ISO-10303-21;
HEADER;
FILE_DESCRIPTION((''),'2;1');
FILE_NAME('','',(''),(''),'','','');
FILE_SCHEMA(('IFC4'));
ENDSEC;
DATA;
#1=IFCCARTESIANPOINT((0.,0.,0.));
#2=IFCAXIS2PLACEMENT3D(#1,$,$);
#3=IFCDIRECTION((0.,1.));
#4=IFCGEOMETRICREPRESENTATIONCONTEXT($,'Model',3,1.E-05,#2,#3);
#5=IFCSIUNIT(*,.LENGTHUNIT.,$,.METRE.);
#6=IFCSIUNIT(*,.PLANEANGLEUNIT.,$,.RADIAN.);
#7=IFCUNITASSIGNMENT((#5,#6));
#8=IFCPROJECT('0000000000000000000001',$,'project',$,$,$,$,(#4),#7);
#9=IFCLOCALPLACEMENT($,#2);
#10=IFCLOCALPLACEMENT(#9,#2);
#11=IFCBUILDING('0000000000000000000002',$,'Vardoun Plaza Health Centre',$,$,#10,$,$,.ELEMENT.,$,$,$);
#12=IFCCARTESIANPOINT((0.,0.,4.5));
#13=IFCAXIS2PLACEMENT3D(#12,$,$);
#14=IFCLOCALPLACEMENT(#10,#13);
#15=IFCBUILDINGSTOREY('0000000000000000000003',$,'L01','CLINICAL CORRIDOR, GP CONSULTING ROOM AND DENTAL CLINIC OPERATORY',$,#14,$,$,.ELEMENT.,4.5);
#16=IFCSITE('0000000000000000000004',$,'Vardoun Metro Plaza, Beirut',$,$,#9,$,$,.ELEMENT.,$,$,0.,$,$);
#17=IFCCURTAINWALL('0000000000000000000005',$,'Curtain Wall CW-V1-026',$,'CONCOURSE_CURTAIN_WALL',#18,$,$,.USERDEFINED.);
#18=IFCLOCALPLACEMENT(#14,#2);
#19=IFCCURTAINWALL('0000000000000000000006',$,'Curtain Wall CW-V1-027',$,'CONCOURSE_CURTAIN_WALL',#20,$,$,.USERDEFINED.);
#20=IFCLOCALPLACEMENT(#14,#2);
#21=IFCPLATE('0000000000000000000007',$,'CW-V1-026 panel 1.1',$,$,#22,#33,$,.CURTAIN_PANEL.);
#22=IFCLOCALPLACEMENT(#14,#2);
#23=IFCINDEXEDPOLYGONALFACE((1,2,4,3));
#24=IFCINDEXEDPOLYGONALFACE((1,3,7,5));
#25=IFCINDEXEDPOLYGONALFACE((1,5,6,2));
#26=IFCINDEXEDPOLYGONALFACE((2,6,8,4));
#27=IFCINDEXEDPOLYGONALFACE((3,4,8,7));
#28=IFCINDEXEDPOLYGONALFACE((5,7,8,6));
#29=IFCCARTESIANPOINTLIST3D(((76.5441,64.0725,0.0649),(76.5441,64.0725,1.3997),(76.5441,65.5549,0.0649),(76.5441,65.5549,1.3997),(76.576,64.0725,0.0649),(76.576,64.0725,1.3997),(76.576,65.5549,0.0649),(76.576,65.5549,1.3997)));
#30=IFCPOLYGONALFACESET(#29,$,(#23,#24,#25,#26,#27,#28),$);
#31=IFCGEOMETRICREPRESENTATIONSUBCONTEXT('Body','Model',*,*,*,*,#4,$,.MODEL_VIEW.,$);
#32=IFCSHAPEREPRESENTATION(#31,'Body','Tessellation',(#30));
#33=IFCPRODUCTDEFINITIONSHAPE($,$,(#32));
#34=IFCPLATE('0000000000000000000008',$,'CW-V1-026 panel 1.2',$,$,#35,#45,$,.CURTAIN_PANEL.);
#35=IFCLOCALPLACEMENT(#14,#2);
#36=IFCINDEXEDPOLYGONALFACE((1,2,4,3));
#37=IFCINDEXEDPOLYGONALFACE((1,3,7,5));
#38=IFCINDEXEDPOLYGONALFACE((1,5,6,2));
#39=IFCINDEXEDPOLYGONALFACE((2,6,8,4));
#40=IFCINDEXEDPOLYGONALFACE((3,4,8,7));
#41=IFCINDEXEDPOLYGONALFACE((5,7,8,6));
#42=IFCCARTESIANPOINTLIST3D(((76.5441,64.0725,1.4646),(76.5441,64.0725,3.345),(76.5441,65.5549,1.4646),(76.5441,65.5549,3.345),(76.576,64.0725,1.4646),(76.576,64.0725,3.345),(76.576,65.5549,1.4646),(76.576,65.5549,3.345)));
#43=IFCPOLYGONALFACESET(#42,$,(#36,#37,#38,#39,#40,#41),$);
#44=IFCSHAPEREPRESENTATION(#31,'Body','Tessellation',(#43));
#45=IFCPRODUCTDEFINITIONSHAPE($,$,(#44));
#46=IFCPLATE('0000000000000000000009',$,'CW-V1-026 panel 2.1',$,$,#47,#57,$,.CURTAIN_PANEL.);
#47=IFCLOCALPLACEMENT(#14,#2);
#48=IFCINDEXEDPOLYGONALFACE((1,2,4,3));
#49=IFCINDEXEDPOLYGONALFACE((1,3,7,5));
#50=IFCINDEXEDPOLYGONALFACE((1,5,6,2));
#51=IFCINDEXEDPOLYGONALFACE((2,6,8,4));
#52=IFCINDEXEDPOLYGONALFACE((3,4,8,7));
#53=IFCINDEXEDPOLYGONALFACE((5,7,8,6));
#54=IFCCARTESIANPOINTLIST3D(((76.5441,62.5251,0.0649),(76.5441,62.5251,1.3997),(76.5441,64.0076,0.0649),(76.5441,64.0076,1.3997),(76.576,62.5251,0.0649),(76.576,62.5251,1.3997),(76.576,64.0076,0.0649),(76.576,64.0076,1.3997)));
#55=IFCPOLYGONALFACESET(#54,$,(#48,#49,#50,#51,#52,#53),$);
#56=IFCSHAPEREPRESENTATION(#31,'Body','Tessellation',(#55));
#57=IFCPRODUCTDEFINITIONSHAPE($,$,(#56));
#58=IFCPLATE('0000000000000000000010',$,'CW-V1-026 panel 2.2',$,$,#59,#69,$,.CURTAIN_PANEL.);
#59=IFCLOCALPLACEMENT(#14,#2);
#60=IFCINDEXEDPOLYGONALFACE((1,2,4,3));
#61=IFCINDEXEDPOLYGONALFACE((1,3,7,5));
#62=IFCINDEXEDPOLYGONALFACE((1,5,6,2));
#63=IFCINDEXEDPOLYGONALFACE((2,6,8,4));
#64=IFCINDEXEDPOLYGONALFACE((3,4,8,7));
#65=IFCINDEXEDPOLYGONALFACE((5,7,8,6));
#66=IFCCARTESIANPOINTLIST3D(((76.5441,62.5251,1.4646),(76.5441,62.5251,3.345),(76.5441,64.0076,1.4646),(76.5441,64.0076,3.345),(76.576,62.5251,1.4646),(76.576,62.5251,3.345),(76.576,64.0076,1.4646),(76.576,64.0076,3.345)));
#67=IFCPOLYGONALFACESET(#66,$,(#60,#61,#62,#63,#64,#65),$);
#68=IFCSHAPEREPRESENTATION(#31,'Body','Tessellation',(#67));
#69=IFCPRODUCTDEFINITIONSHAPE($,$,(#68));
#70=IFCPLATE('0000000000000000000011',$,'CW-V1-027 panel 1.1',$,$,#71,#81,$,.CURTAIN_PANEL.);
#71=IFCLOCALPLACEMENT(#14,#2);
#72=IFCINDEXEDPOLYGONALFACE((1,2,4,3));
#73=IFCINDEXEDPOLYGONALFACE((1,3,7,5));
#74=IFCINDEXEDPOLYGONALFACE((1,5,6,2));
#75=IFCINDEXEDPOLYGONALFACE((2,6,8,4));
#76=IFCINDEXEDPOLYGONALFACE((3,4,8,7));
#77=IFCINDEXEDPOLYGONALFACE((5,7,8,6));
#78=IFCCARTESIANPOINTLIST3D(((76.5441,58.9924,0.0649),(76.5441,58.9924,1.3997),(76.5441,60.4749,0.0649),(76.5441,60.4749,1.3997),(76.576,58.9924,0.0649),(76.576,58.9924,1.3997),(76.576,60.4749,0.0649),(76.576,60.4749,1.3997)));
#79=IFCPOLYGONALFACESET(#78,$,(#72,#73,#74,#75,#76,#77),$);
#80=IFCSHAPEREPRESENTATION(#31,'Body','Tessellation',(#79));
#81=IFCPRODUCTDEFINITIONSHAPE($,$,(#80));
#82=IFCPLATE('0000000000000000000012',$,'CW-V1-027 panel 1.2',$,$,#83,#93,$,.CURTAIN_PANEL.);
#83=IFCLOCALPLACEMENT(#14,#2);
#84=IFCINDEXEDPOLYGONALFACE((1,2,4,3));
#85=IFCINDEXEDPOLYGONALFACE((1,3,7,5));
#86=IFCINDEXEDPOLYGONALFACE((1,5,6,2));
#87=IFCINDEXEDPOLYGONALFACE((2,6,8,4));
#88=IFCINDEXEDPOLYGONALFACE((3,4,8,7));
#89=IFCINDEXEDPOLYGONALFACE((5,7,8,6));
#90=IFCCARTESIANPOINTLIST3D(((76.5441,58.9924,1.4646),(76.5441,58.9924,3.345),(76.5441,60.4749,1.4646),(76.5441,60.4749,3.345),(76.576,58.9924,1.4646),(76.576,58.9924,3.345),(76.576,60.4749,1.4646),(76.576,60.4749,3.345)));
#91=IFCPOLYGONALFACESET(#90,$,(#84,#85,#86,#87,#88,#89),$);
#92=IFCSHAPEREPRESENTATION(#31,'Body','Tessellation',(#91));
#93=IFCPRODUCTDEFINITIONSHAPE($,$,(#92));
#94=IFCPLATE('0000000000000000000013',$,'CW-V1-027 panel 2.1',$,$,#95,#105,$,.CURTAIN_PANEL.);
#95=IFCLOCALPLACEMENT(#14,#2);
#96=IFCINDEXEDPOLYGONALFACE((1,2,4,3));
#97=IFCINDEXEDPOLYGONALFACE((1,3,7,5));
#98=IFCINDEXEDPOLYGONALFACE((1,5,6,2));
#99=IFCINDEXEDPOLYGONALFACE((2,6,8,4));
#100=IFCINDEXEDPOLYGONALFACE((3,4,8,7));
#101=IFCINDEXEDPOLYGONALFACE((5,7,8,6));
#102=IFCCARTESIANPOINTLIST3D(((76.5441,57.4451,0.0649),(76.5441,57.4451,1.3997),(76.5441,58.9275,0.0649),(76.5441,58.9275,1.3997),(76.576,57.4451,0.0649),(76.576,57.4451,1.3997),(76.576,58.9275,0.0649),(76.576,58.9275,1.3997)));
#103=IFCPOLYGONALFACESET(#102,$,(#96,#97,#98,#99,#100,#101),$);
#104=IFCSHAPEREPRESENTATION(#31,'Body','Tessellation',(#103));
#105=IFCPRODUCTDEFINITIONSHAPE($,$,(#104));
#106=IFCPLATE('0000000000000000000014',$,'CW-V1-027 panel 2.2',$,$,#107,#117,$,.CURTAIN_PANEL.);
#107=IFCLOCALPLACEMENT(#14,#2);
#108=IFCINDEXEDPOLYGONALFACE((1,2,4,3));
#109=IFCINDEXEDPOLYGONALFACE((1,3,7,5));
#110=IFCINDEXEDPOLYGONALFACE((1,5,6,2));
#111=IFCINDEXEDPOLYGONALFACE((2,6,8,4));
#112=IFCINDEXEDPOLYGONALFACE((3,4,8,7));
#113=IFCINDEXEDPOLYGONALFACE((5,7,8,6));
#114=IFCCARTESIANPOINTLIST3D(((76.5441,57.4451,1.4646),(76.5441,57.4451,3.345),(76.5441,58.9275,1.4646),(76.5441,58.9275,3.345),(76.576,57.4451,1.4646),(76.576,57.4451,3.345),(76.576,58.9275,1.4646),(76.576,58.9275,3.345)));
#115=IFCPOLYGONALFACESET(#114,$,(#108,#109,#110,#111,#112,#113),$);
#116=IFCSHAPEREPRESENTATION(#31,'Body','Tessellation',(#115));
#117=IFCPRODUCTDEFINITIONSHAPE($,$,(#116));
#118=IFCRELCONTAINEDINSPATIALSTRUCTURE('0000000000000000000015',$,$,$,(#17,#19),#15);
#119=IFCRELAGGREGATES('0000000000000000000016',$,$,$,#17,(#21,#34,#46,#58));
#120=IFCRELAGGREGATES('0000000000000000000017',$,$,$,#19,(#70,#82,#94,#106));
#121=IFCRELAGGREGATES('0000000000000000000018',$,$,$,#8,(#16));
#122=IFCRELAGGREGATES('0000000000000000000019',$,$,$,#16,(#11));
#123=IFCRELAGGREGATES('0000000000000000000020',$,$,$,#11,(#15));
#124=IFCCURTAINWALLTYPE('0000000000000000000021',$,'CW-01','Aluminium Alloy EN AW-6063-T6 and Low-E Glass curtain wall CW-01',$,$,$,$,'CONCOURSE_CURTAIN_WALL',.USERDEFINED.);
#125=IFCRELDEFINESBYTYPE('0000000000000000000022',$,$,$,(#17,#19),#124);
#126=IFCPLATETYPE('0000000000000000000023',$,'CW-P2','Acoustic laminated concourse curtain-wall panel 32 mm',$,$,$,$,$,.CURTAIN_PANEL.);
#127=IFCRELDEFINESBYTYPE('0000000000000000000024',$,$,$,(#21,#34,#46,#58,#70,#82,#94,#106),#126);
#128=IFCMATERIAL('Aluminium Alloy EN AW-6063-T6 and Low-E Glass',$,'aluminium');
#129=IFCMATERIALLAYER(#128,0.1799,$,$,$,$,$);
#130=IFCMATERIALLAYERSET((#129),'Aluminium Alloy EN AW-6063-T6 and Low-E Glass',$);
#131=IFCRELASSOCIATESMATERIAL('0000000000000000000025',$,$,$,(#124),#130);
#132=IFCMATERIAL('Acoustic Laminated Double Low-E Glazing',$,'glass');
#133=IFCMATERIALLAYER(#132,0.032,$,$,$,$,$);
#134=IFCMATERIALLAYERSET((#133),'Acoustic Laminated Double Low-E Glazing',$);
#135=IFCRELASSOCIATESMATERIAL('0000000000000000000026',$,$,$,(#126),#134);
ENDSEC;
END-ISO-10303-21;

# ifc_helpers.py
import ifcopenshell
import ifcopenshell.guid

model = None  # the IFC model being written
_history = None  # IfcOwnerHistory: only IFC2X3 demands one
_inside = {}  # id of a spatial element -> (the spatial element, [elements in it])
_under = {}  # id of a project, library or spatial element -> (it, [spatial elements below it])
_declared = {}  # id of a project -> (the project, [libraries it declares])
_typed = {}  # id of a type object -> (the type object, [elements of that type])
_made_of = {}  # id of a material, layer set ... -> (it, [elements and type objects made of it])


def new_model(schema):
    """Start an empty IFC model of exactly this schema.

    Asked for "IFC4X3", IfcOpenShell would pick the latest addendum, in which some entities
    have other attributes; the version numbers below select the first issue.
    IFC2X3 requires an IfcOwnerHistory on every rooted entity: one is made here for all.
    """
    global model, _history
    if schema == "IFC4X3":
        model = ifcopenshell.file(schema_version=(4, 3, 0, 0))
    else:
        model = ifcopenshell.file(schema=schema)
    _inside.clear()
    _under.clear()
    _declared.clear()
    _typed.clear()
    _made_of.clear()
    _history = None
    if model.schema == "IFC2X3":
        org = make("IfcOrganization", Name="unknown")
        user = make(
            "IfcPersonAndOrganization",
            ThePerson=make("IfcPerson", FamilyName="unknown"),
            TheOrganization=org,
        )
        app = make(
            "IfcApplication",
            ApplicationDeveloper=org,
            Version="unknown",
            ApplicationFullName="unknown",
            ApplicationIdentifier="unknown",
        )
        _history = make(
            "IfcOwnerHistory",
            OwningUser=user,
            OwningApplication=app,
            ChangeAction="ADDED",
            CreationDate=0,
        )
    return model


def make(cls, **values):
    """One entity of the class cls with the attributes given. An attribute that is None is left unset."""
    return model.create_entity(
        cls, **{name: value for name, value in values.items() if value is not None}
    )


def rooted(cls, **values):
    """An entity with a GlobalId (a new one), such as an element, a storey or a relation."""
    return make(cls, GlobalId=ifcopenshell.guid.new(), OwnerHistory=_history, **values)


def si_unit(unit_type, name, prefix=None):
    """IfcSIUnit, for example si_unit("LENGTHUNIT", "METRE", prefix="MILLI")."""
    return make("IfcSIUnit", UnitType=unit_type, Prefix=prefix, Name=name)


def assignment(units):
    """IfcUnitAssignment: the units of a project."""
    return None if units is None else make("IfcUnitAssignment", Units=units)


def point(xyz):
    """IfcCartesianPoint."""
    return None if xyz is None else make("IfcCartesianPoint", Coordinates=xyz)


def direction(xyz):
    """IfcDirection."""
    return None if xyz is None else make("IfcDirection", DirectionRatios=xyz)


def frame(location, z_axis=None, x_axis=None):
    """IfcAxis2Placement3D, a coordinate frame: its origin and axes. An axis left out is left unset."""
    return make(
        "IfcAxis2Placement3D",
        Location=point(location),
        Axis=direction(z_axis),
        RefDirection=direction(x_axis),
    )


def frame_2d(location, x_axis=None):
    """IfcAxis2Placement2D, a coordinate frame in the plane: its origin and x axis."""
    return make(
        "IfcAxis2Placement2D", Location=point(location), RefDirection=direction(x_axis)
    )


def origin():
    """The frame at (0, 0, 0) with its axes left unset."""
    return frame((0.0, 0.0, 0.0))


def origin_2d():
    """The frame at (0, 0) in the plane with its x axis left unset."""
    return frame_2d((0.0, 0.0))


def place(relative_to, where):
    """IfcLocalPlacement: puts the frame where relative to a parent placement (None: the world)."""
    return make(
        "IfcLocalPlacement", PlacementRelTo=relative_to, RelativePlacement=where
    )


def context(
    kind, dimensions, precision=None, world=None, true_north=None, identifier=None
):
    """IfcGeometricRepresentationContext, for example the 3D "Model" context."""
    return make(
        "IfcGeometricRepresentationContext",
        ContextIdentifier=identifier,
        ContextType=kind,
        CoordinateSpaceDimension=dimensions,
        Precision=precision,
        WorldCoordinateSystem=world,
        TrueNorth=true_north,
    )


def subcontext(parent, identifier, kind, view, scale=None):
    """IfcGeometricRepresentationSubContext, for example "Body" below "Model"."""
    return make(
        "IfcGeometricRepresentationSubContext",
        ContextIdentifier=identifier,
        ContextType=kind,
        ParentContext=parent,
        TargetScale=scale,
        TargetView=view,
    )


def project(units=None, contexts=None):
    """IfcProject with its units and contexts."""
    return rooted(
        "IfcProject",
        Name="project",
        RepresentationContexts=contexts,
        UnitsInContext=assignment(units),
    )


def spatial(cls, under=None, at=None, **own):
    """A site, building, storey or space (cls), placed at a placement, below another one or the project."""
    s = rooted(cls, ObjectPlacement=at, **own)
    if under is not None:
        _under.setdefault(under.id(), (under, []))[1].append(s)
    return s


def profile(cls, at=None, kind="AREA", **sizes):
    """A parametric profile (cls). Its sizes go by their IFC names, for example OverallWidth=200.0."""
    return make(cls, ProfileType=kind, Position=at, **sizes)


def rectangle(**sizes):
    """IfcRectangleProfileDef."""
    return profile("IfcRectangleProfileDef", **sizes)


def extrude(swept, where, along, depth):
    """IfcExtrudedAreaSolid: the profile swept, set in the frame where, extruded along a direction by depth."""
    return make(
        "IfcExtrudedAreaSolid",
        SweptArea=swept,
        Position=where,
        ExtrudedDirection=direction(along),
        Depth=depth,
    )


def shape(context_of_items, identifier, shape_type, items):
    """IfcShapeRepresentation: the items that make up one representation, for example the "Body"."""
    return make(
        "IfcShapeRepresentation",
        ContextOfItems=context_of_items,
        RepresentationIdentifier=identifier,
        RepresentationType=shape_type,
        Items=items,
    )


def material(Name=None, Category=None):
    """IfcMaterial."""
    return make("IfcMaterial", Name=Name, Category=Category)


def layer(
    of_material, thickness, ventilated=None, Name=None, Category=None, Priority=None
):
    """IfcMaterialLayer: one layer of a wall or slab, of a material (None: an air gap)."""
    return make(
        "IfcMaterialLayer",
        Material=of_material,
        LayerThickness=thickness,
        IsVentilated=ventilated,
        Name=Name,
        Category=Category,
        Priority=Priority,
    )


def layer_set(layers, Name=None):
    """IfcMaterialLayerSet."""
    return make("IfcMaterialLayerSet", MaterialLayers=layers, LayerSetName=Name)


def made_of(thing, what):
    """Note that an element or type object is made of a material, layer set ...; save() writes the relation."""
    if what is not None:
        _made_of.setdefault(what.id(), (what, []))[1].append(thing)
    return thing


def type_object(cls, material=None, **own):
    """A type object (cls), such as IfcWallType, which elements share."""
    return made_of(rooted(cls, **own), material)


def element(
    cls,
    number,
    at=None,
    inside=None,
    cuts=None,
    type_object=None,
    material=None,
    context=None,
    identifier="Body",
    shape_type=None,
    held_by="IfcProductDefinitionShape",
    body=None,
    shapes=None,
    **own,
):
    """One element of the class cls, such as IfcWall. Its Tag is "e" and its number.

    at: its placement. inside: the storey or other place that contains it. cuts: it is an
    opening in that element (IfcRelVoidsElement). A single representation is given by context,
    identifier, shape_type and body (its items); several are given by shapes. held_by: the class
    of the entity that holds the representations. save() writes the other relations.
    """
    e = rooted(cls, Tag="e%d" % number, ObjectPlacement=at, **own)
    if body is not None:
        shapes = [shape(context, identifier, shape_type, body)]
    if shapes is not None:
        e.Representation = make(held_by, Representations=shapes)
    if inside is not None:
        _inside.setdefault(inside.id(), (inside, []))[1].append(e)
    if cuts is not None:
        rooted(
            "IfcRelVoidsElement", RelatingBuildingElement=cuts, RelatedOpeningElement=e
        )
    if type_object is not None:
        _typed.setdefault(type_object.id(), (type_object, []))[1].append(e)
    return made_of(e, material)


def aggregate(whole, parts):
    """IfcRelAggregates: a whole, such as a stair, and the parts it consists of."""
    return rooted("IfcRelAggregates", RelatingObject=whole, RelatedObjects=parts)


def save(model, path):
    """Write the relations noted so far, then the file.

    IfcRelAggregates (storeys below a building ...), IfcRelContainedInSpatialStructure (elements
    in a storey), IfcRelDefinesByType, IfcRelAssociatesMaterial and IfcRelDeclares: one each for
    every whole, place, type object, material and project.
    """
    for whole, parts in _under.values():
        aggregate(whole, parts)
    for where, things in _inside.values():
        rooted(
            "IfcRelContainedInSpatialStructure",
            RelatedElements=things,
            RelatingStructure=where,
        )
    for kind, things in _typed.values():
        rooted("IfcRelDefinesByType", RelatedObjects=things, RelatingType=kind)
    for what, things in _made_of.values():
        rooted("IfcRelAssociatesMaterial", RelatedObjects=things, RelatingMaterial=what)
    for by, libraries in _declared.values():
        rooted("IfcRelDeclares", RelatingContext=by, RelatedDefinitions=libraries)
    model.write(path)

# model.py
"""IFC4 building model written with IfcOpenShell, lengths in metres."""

from ifc_helpers import new_model, si_unit, direction, frame, origin, origin_2d, place, context, subcontext, project, spatial, rectangle, extrude, material, layer, layer_set, type_object, element, aggregate, save


model = new_model("IFC4")

# Units and contexts
model_context = context("Model", 3, precision=1e-05, world=origin(), true_north=direction((0.0, 1.0)))
body_context = subcontext(model_context, "Body", "Model", "MODEL_VIEW")
ifc_project = project(units=[si_unit("LENGTHUNIT", "METRE"), si_unit("PLANEANGLEUNIT", "RADIAN")], contexts=[model_context])

# Site, building, storey
site_placement = place(None, origin())
site = spatial("IfcSite", under=ifc_project, at=site_placement, Name="Vardoun Metro Plaza, Beirut", CompositionType="ELEMENT", RefElevation=0.0)
building_placement = place(site_placement, origin())
building = spatial("IfcBuilding", under=site, at=building_placement, Name="Vardoun Plaza Health Centre", CompositionType="ELEMENT")
storey_placement = place(building_placement, frame((0.0, 0.0, 4.5)))
storey = spatial("IfcBuildingStorey", under=building, at=storey_placement, Name="L01", Description="CLINICAL CORRIDOR, GP CONSULTING ROOM AND DENTAL CLINIC OPERATORY", CompositionType="ELEMENT", Elevation=4.5)

# Curtain walls
ifc_material_1 = material(Name="Aluminium Alloy EN AW-6063-T6 and Low-E Glass", Category="aluminium")
ifc_layer_1 = layer(ifc_material_1, 0.1799)
ifc_layer_set_1 = layer_set([ifc_layer_1], Name="Aluminium Alloy EN AW-6063-T6 and Low-E Glass")
curtain_wall_type = type_object("IfcCurtainWallType", Name="CW-01", Description="Aluminium Alloy EN AW-6063-T6 and Low-E Glass curtain wall CW-01", ElementType="CONCOURSE_CURTAIN_WALL", PredefinedType="USERDEFINED", material=ifc_layer_set_1)
curtain_wall_1_placement = place(storey_placement, origin())
curtain_wall_1 = element("IfcCurtainWall", 1, at=curtain_wall_1_placement, inside=storey, type_object=curtain_wall_type, Name="Curtain Wall CW-V1-026", ObjectType="CONCOURSE_CURTAIN_WALL", PredefinedType="USERDEFINED")
curtain_wall_2_placement = place(storey_placement, origin())
curtain_wall_2 = element("IfcCurtainWall", 2, at=curtain_wall_2_placement, inside=storey, type_object=curtain_wall_type, Name="Curtain Wall CW-V1-027", ObjectType="CONCOURSE_CURTAIN_WALL", PredefinedType="USERDEFINED")

# Plates
ifc_material_2 = material(Name="Acoustic Laminated Double Low-E Glazing", Category="glass")
ifc_layer_2 = layer(ifc_material_2, 0.032)
ifc_layer_set_2 = layer_set([ifc_layer_2], Name="Acoustic Laminated Double Low-E Glazing")
plate_type = type_object("IfcPlateType", Name="CW-P2", Description="Acoustic laminated concourse curtain-wall panel 32 mm", PredefinedType="CURTAIN_PANEL", material=ifc_layer_set_2)
plate_1_placement = place(storey_placement, frame((76.5601, 64.8137, 0.0649), z_axis=(0.0, 0.0, 1.0), x_axis=(0.0, -1.0, 0.0)))
plate_1 = element("IfcPlate", 3, at=plate_1_placement, type_object=plate_type, Name="CW-V1-026 panel 1.1", PredefinedType="CURTAIN_PANEL", context=body_context, shape_type="SweptSolid", body=[
    extrude(rectangle(XDim=1.4824, YDim=0.032, at=origin_2d()), origin(), (0.0, 0.0, 1.0), 1.3347),
])
plate_2_placement = place(storey_placement, frame((76.5601, 64.8137, 1.4646), z_axis=(0.0, 0.0, 1.0), x_axis=(0.0, -1.0, 0.0)))
plate_2 = element("IfcPlate", 4, at=plate_2_placement, type_object=plate_type, Name="CW-V1-026 panel 1.2", PredefinedType="CURTAIN_PANEL", context=body_context, shape_type="SweptSolid", body=[
    extrude(rectangle(XDim=1.4824, YDim=0.032, at=origin_2d()), origin(), (0.0, 0.0, 1.0), 1.8804),
])
plate_3_placement = place(storey_placement, frame((76.5601, 63.2664, 0.0649), z_axis=(0.0, 0.0, 1.0), x_axis=(0.0, -1.0, 0.0)))
plate_3 = element("IfcPlate", 5, at=plate_3_placement, type_object=plate_type, Name="CW-V1-026 panel 2.1", PredefinedType="CURTAIN_PANEL", context=body_context, shape_type="SweptSolid", body=[
    extrude(rectangle(XDim=1.4824, YDim=0.032, at=origin_2d()), origin(), (0.0, 0.0, 1.0), 1.3347),
])
plate_4_placement = place(storey_placement, frame((76.5601, 63.2664, 1.4646), z_axis=(0.0, 0.0, 1.0), x_axis=(0.0, -1.0, 0.0)))
plate_4 = element("IfcPlate", 6, at=plate_4_placement, type_object=plate_type, Name="CW-V1-026 panel 2.2", PredefinedType="CURTAIN_PANEL", context=body_context, shape_type="SweptSolid", body=[
    extrude(rectangle(XDim=1.4824, YDim=0.032, at=origin_2d()), origin(), (0.0, 0.0, 1.0), 1.8804),
])
aggregate(curtain_wall_1, [plate_1, plate_2, plate_3, plate_4])
plate_5_placement = place(storey_placement, frame((76.5601, 59.7336, 0.0649), z_axis=(0.0, 0.0, 1.0), x_axis=(0.0, -1.0, 0.0)))
plate_5 = element("IfcPlate", 7, at=plate_5_placement, type_object=plate_type, Name="CW-V1-027 panel 1.1", PredefinedType="CURTAIN_PANEL", context=body_context, shape_type="SweptSolid", body=[
    extrude(rectangle(XDim=1.4824, YDim=0.032, at=origin_2d()), origin(), (0.0, 0.0, 1.0), 1.3347),
])
plate_6_placement = place(storey_placement, frame((76.5601, 59.7336, 1.4646), z_axis=(0.0, 0.0, 1.0), x_axis=(0.0, -1.0, 0.0)))
plate_6 = element("IfcPlate", 8, at=plate_6_placement, type_object=plate_type, Name="CW-V1-027 panel 1.2", PredefinedType="CURTAIN_PANEL", context=body_context, shape_type="SweptSolid", body=[
    extrude(rectangle(XDim=1.4824, YDim=0.032, at=origin_2d()), origin(), (0.0, 0.0, 1.0), 1.8804),
])
plate_7_placement = place(storey_placement, frame((76.5601, 58.1863, 0.0649), z_axis=(0.0, 0.0, 1.0), x_axis=(0.0, -1.0, 0.0)))
plate_7 = element("IfcPlate", 9, at=plate_7_placement, type_object=plate_type, Name="CW-V1-027 panel 2.1", PredefinedType="CURTAIN_PANEL", context=body_context, shape_type="SweptSolid", body=[
    extrude(rectangle(XDim=1.4824, YDim=0.032, at=origin_2d()), origin(), (0.0, 0.0, 1.0), 1.3347),
])
plate_8_placement = place(storey_placement, frame((76.5601, 58.1863, 1.4646), z_axis=(0.0, 0.0, 1.0), x_axis=(0.0, -1.0, 0.0)))
plate_8 = element("IfcPlate", 10, at=plate_8_placement, type_object=plate_type, Name="CW-V1-027 panel 2.2", PredefinedType="CURTAIN_PANEL", context=body_context, shape_type="SweptSolid", body=[
    extrude(rectangle(XDim=1.4824, YDim=0.032, at=origin_2d()), origin(), (0.0, 0.0, 1.0), 1.8804),
])
aggregate(curtain_wall_2, [plate_5, plate_6, plate_7, plate_8])

save(model, "model.ifc")
